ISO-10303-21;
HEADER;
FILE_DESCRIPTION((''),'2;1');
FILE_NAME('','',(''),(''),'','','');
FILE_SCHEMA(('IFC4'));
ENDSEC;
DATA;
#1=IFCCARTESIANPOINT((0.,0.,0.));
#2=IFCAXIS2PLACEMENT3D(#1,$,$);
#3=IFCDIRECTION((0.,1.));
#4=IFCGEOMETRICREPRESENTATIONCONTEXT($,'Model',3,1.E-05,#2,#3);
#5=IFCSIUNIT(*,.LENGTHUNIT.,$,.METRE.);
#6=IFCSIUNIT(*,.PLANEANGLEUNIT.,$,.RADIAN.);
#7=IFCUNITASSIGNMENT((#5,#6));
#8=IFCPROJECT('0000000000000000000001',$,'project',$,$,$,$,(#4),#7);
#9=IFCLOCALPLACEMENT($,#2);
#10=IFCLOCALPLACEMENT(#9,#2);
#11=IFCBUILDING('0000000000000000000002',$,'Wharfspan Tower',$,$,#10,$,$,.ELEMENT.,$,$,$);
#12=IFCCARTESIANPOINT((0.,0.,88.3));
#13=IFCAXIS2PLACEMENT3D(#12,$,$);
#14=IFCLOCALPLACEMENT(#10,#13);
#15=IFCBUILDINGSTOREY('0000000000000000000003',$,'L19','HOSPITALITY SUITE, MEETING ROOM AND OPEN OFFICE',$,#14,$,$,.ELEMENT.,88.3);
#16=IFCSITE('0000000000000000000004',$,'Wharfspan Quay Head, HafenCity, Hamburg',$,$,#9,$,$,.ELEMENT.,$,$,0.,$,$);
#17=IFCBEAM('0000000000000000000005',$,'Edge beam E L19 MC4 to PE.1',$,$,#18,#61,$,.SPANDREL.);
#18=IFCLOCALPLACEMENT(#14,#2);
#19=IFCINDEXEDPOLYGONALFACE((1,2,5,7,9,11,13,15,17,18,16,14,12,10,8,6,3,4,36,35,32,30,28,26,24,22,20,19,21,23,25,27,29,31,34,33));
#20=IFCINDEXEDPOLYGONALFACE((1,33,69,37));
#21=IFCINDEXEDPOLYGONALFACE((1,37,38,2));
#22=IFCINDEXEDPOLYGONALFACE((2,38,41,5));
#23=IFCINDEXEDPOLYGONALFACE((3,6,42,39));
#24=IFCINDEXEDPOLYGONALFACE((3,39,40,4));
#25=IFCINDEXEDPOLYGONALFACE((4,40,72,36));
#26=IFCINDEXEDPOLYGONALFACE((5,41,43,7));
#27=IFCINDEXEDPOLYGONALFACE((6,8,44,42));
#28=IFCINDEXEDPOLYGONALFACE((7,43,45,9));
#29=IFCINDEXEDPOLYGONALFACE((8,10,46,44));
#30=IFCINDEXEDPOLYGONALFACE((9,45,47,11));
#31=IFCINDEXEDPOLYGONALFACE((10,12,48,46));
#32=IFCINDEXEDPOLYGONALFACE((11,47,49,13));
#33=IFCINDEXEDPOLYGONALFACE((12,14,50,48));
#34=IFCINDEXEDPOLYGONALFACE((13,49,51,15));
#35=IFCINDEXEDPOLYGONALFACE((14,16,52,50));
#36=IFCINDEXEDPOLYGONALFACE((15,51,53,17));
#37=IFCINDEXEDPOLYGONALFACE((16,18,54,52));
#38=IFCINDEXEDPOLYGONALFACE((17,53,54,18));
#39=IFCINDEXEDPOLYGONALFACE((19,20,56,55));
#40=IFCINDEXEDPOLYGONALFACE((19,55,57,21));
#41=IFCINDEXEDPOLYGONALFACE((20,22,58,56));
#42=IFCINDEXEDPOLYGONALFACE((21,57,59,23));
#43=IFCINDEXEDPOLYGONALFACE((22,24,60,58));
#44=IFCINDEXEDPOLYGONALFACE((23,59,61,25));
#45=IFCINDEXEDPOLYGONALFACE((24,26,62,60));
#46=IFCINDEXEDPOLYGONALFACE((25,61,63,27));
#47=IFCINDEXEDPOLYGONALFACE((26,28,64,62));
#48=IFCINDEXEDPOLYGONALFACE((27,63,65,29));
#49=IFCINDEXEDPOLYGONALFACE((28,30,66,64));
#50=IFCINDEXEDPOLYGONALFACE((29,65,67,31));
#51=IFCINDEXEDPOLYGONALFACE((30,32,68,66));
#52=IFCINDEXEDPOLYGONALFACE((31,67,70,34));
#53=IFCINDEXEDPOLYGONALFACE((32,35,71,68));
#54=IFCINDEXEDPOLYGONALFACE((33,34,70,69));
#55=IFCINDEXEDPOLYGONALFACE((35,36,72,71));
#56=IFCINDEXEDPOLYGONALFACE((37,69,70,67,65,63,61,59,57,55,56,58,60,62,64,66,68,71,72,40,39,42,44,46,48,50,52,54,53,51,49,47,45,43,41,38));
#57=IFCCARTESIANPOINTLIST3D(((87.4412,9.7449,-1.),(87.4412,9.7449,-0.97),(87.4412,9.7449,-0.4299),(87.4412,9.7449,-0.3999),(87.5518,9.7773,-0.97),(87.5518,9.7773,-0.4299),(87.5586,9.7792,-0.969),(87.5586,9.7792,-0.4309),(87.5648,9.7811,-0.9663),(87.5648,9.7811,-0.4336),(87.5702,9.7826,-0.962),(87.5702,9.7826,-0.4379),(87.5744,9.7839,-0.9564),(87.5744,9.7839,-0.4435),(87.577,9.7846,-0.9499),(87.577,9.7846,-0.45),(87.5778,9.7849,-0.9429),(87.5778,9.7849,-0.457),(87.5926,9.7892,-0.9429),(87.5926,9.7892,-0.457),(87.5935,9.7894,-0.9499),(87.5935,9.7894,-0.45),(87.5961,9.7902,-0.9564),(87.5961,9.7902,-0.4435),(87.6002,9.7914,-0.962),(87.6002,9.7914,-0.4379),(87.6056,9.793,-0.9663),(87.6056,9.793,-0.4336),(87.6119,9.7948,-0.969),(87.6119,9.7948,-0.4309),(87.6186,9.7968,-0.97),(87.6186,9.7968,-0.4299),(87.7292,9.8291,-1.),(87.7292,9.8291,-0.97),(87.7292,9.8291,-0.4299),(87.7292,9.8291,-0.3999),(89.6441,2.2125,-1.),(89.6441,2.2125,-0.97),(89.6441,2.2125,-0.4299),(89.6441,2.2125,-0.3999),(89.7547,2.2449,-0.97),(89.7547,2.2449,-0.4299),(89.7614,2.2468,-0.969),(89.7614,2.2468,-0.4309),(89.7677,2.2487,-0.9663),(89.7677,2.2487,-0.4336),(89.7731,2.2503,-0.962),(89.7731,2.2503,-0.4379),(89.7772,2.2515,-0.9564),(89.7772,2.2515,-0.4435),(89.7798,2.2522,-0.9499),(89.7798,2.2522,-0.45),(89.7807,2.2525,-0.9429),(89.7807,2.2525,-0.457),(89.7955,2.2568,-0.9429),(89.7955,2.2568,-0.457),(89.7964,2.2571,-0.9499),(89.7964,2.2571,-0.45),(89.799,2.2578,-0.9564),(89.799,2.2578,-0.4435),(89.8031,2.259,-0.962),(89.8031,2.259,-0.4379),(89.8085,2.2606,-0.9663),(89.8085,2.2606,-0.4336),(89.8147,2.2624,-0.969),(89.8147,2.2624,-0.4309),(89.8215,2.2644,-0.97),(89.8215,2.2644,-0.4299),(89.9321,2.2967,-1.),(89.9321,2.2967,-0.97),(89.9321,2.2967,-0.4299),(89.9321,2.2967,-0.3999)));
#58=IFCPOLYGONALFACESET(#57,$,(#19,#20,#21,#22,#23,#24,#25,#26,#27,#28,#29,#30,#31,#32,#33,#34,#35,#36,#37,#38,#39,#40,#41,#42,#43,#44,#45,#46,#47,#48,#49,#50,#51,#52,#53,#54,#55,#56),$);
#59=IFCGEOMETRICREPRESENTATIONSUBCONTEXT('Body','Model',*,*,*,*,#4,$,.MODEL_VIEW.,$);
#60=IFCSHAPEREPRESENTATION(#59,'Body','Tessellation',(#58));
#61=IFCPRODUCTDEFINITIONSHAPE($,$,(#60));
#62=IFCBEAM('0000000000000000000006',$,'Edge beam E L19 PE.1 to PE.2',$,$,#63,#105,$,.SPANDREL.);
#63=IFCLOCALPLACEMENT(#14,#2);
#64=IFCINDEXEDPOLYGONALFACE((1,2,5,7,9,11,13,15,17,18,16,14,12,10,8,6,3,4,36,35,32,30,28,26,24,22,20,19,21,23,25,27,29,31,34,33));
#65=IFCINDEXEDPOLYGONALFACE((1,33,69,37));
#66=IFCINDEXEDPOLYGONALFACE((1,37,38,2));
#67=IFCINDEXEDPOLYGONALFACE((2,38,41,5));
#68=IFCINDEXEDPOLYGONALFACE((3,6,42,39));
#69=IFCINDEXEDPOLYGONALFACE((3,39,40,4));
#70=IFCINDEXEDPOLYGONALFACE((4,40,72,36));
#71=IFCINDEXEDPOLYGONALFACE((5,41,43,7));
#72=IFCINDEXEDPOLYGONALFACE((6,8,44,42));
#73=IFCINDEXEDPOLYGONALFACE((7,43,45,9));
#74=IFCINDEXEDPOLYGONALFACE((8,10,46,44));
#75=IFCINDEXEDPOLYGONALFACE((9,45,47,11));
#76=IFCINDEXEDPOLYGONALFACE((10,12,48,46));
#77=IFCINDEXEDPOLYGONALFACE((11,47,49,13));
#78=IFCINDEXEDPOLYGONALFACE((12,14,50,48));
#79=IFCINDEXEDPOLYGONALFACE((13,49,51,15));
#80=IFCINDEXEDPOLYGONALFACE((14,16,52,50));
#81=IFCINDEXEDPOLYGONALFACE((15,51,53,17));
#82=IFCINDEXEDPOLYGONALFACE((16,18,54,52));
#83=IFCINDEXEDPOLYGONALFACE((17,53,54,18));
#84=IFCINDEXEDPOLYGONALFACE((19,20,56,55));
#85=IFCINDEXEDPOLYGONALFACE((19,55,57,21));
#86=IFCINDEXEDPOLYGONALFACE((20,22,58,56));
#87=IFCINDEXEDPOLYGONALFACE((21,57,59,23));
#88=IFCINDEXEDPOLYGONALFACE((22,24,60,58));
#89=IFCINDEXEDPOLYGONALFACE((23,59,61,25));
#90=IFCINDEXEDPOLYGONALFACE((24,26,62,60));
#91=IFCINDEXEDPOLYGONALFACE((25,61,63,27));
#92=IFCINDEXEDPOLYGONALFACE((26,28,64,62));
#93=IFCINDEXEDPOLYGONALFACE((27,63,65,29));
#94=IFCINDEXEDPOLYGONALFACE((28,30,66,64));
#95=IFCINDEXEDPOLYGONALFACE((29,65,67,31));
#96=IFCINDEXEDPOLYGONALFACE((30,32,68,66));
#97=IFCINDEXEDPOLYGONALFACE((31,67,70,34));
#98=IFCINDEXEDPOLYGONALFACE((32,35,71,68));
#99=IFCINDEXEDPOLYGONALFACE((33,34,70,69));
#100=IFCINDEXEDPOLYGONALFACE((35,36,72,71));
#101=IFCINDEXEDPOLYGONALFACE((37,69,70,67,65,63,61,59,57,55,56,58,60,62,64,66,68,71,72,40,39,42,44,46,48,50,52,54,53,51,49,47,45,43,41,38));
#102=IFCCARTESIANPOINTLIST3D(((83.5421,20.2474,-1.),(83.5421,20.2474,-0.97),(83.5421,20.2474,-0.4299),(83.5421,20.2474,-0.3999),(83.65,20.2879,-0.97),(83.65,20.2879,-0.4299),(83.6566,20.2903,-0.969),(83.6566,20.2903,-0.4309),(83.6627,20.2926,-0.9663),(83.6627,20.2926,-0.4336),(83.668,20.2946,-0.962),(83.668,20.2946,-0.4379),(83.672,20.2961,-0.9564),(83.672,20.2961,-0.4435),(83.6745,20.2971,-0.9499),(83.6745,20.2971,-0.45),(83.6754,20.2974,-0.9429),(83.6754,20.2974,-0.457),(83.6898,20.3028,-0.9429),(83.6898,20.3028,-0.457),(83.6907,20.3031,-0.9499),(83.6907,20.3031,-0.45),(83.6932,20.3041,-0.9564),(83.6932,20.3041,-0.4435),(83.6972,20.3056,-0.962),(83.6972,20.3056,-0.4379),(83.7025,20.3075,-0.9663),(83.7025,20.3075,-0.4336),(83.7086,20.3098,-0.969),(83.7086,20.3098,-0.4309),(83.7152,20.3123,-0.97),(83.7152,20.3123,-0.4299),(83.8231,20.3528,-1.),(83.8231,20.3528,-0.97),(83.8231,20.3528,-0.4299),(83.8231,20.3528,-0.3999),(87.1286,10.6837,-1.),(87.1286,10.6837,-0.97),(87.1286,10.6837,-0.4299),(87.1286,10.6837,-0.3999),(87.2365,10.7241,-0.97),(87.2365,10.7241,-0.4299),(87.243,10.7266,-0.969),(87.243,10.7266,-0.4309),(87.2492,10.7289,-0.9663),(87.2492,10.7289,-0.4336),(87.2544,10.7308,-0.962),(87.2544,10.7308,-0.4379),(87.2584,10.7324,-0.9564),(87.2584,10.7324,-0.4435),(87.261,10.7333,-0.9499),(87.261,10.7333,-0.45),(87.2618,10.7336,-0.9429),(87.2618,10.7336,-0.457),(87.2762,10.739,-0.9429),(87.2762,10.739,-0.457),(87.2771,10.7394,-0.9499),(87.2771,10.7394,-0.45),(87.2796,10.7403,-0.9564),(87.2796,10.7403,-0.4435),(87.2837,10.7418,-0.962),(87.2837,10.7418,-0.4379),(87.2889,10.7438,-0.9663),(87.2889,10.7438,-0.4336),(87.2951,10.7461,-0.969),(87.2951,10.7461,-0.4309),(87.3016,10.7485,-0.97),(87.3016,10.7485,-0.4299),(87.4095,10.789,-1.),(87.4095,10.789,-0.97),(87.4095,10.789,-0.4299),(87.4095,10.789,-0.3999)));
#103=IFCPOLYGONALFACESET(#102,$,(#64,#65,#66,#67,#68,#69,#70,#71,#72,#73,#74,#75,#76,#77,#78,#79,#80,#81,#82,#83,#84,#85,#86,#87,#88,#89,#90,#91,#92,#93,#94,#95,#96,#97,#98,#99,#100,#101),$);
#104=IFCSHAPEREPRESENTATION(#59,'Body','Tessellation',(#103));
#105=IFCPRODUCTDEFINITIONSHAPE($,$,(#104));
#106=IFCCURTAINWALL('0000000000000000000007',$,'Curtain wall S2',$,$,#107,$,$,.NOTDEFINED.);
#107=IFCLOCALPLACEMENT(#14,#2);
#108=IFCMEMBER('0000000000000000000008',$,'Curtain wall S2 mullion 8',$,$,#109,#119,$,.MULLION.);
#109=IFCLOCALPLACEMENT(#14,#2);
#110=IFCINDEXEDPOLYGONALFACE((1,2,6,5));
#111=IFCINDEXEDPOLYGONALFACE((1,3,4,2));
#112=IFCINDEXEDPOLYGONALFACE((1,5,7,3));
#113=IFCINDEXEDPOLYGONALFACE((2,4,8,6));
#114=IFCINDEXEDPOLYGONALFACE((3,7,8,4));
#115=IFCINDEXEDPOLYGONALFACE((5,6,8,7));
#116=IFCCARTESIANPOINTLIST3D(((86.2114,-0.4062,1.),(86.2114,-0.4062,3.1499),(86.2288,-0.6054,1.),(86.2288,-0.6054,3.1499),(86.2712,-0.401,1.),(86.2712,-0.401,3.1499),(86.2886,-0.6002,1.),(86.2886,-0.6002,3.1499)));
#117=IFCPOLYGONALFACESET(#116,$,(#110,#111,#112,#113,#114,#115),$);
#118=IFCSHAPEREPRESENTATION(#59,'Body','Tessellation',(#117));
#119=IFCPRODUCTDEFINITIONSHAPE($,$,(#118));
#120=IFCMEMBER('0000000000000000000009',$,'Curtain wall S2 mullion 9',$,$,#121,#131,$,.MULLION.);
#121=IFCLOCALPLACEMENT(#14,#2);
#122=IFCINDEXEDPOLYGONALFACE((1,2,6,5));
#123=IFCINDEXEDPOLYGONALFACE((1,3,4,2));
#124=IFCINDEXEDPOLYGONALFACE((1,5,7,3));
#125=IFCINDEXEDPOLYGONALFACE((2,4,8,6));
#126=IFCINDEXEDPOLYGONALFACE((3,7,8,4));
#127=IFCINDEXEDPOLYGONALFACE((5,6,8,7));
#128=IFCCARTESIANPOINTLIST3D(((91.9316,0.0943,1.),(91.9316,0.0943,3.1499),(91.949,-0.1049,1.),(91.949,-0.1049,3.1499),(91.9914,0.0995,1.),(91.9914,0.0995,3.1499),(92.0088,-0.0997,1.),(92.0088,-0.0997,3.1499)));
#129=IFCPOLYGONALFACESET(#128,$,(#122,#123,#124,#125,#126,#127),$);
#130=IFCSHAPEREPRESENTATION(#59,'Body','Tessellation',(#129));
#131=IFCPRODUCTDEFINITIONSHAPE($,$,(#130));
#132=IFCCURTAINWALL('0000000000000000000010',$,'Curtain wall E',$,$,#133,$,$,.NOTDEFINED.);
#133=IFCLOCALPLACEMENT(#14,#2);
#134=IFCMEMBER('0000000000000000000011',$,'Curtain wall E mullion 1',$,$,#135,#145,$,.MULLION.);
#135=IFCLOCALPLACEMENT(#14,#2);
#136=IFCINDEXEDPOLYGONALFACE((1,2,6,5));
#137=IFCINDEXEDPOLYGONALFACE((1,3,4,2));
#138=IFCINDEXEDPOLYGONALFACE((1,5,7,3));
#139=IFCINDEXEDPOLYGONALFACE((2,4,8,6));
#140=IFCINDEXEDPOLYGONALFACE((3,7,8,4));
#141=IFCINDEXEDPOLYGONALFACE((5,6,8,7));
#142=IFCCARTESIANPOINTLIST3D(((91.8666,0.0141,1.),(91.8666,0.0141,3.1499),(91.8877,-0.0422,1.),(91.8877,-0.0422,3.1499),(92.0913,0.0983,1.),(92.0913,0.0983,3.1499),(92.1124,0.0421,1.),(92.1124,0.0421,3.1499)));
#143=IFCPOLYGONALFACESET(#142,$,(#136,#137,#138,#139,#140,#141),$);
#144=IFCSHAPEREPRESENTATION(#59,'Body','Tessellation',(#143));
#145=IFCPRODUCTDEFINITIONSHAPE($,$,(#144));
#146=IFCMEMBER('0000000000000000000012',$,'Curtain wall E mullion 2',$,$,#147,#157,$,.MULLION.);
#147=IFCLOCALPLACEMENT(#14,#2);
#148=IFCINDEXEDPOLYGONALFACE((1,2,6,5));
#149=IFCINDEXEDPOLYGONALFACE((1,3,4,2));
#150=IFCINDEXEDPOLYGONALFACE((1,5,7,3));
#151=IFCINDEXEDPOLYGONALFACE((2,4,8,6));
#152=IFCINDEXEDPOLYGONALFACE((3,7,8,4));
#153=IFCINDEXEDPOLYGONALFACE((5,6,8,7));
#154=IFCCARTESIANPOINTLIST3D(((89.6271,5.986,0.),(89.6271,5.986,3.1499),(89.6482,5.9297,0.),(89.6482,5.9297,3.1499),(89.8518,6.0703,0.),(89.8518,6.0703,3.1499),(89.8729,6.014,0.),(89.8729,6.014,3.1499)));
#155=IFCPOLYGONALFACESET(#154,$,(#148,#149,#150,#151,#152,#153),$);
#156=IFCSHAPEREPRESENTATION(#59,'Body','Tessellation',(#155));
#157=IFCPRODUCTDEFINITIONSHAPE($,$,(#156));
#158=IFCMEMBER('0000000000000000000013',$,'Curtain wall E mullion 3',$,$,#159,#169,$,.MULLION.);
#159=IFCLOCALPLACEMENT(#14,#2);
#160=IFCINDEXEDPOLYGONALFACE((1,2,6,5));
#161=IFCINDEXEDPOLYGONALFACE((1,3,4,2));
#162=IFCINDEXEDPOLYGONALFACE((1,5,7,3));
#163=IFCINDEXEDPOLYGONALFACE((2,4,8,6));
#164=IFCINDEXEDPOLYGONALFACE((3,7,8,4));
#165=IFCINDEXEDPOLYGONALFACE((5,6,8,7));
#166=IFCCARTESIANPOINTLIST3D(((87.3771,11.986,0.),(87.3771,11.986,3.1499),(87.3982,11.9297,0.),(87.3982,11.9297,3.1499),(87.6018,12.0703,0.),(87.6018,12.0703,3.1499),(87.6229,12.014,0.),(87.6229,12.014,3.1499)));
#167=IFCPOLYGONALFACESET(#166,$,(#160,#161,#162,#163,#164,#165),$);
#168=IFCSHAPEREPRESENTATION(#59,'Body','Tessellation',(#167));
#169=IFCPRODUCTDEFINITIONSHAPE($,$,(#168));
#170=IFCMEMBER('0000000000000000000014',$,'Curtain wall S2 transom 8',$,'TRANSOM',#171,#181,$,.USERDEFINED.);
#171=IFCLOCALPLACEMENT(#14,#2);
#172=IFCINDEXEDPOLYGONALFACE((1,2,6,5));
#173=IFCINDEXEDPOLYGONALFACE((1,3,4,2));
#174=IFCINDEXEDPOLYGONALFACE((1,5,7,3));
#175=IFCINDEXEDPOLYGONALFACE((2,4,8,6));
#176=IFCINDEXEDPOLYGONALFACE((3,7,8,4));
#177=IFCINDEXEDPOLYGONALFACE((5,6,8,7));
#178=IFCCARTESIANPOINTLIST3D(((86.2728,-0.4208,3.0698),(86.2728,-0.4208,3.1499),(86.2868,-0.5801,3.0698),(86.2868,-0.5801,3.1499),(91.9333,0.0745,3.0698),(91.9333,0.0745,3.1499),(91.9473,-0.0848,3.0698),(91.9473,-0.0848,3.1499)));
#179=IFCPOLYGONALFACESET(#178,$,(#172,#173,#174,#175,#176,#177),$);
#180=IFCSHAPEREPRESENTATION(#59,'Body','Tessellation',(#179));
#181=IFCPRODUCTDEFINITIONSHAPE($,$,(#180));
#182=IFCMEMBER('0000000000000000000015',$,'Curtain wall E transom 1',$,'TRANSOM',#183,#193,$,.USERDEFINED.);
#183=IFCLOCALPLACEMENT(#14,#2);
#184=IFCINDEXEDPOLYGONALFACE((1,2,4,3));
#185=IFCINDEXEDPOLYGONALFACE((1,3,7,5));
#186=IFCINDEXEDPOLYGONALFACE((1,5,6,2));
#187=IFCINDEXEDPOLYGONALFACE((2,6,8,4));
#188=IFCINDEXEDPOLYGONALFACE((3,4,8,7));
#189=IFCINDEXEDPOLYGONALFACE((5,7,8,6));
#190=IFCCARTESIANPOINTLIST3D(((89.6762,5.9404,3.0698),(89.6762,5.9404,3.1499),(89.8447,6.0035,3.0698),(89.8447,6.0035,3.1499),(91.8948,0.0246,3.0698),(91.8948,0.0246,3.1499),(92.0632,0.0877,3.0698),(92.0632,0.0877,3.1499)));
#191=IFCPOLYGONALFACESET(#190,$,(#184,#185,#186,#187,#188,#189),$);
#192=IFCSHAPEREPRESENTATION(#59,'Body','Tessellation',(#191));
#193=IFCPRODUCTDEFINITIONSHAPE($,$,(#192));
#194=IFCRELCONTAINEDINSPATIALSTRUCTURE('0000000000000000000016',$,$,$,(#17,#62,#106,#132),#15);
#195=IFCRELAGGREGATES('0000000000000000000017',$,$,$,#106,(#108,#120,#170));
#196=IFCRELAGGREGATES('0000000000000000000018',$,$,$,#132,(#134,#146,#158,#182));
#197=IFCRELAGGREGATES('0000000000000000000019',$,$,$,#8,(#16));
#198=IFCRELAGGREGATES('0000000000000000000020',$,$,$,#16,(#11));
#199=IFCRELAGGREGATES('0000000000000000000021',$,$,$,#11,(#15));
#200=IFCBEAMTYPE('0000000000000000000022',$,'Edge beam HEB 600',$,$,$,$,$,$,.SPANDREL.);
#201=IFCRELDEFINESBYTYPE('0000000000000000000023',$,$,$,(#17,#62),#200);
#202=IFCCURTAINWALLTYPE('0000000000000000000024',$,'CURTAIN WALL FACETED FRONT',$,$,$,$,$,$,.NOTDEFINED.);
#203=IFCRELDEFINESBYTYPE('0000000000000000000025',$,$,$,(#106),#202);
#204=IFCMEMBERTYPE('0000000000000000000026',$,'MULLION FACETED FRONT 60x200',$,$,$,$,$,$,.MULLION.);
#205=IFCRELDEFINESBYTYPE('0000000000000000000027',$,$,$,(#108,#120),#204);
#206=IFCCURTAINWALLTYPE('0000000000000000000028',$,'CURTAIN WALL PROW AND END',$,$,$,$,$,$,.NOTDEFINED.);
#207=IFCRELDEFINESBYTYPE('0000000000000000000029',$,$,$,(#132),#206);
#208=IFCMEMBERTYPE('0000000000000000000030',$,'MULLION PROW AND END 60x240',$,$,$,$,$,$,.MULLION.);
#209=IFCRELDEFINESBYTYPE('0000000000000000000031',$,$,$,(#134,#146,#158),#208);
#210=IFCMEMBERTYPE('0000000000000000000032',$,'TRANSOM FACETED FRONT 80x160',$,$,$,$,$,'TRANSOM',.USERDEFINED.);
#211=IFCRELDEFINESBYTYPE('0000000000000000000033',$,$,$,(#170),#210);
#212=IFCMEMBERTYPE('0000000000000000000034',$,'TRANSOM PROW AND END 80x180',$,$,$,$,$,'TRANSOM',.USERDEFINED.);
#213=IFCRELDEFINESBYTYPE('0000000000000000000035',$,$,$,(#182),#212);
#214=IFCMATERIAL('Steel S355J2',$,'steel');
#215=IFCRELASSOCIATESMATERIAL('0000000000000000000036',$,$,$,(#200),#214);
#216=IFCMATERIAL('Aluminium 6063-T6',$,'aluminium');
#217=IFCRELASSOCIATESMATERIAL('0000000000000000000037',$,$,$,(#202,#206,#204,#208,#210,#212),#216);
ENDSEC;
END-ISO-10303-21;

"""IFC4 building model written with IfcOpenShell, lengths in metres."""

from ifc_helpers import new_model, si_unit, direction, frame, origin, origin_2d, place, context, subcontext, project, spatial, rectangle, i_section, extrude, material, material_profile, profile_set, type_object, element, aggregate, save


model = new_model("IFC4")

# Units and contexts
model_context = context("Model", 3, precision=1e-05, world=origin(), true_north=direction((0.0, 1.0)))
body_context = subcontext(model_context, "Body", "Model", "MODEL_VIEW")
ifc_project = project(units=[si_unit("LENGTHUNIT", "METRE"), si_unit("PLANEANGLEUNIT", "RADIAN")], contexts=[model_context])

# Site, building, storey
site_placement = place(None, origin())
site = spatial("IfcSite", under=ifc_project, at=site_placement, Name="Wharfspan Quay Head, HafenCity, Hamburg", CompositionType="ELEMENT", RefElevation=0.0)
building_placement = place(site_placement, origin())
building = spatial("IfcBuilding", under=site, at=building_placement, Name="Wharfspan Tower", CompositionType="ELEMENT")
storey_placement = place(building_placement, frame((0.0, 0.0, 88.3)))
storey = spatial("IfcBuildingStorey", under=building, at=storey_placement, Name="L19", Description="HOSPITALITY SUITE, MEETING ROOM AND OPEN OFFICE", CompositionType="ELEMENT", Elevation=88.3)

# Shared definitions
ifc_material_1 = material(Name="Steel S355J2", Category="steel")

# Beams
ifc_material_profile_1 = material_profile(ifc_material_1, i_section(OverallWidth=0.3, OverallDepth=0.6001, WebThickness=0.0154, FlangeThickness=0.03, FilletRadius=0.0271, at=origin_2d()))
ifc_profile_set_1 = profile_set([ifc_material_profile_1], Name="Steel S355J2")
beam_type = type_object("IfcBeamType", Name="Edge beam HEB 600", PredefinedType="SPANDREL", material=ifc_profile_set_1)
beam_1_placement = place(storey_placement, frame((89.7881, 2.2546, -0.7), z_axis=(-0.280694, 0.959797, 0.0), x_axis=(-0.959797, -0.280694, 0.0)))
element("IfcBeam", 1, at=beam_1_placement, inside=storey, type_object=beam_type, Name="Edge beam E L19 MC4 to PE.1", PredefinedType="SPANDREL", context=body_context, shape_type="SweptSolid", body=[
    extrude(i_section(OverallWidth=0.3, OverallDepth=0.6001, WebThickness=0.0154, FlangeThickness=0.03, FilletRadius=0.0271, at=origin_2d()), origin(), (0.0, 0.0, 1.0), 7.8479),
])
beam_2_placement = place(storey_placement, frame((87.269, 10.7363, -0.7), z_axis=(-0.351126, 0.936328, 0.0), x_axis=(-0.936328, -0.351126, 0.0)))
element("IfcBeam", 2, at=beam_2_placement, inside=storey, type_object=beam_type, Name="Edge beam E L19 PE.1 to PE.2", PredefinedType="SPANDREL", context=body_context, shape_type="SweptSolid", body=[
    extrude(i_section(OverallWidth=0.3, OverallDepth=0.6001, WebThickness=0.0154, FlangeThickness=0.03, FilletRadius=0.0271, at=origin_2d()), origin(), (0.0, 0.0, 1.0), 10.2141),
])

# Curtain walls, members
ifc_material_2 = material(Name="Aluminium 6063-T6", Category="aluminium")
curtain_wall_type_1 = type_object("IfcCurtainWallType", Name="CURTAIN WALL FACETED FRONT", PredefinedType="NOTDEFINED", material=ifc_material_2)
curtain_wall_1_placement = place(storey_placement, origin())
curtain_wall_1 = element("IfcCurtainWall", 3, at=curtain_wall_1_placement, inside=storey, type_object=curtain_wall_type_1, Name="Curtain wall S2", PredefinedType="NOTDEFINED")
ifc_material_profile_2 = material_profile(ifc_material_2, rectangle(XDim=0.2, YDim=0.0601, at=origin_2d()))
ifc_profile_set_2 = profile_set([ifc_material_profile_2], Name="Aluminium 6063-T6")
member_type_1 = type_object("IfcMemberType", Name="MULLION FACETED FRONT 60x200", PredefinedType="MULLION", material=ifc_profile_set_2)
member_1_placement = place(storey_placement, frame((86.25, -0.5032, 1.0), z_axis=(0.0, 0.0, 1.0), x_axis=(-0.087156, 0.996197, 0.0)))
member_1 = element("IfcMember", 4, at=member_1_placement, type_object=member_type_1, Name="Curtain wall S2 mullion 8", PredefinedType="MULLION", context=body_context, shape_type="SweptSolid", body=[
    extrude(rectangle(XDim=0.2, YDim=0.0601, at=origin_2d()), origin(), (0.0, 0.0, 1.0), 2.1499),
])
member_2_placement = place(storey_placement, frame((91.9702, -0.0027, 1.0), z_axis=(0.0, 0.0, 1.0), x_axis=(-0.087156, 0.996197, 0.0)))
member_2 = element("IfcMember", 5, at=member_2_placement, type_object=member_type_1, Name="Curtain wall S2 mullion 9", PredefinedType="MULLION", context=body_context, shape_type="SweptSolid", body=[
    extrude(rectangle(XDim=0.2, YDim=0.0601, at=origin_2d()), origin(), (0.0, 0.0, 1.0), 2.1499),
])
curtain_wall_type_2 = type_object("IfcCurtainWallType", Name="CURTAIN WALL PROW AND END", PredefinedType="NOTDEFINED", material=ifc_material_2)
curtain_wall_2_placement = place(storey_placement, origin())
curtain_wall_2 = element("IfcCurtainWall", 6, at=curtain_wall_2_placement, inside=storey, type_object=curtain_wall_type_2, Name="Curtain wall E", PredefinedType="NOTDEFINED")
ifc_material_profile_3 = material_profile(ifc_material_2, rectangle(XDim=0.24, YDim=0.0601, at=origin_2d()))
ifc_profile_set_3 = profile_set([ifc_material_profile_3], Name="Aluminium 6063-T6")
member_type_2 = type_object("IfcMemberType", Name="MULLION PROW AND END 60x240", PredefinedType="MULLION", material=ifc_profile_set_3)
member_3_placement = place(storey_placement, frame((91.9895, 0.0281, 1.0), z_axis=(0.0, 0.0, 1.0), x_axis=(-0.936328, -0.351123, 0.0)))
member_3 = element("IfcMember", 7, at=member_3_placement, type_object=member_type_2, Name="Curtain wall E mullion 1", PredefinedType="MULLION", context=body_context, shape_type="SweptSolid", body=[
    extrude(rectangle(XDim=0.24, YDim=0.0601, at=origin_2d()), origin(), (0.0, 0.0, 1.0), 2.1499),
])
member_4_placement = place(storey_placement, frame((89.75, 6.0, 0.0), z_axis=(0.0, 0.0, 1.0), x_axis=(-0.936328, -0.351123, 0.0)))
member_4 = element("IfcMember", 8, at=member_4_placement, type_object=member_type_2, Name="Curtain wall E mullion 2", PredefinedType="MULLION", context=body_context, shape_type="SweptSolid", body=[
    extrude(rectangle(XDim=0.24, YDim=0.0601, at=origin_2d()), origin(), (0.0, 0.0, 1.0), 3.1499),
])
member_5_placement = place(storey_placement, frame((87.5, 12.0, 0.0), z_axis=(0.0, 0.0, 1.0), x_axis=(-0.936328, -0.351123, 0.0)))
member_5 = element("IfcMember", 9, at=member_5_placement, type_object=member_type_2, Name="Curtain wall E mullion 3", PredefinedType="MULLION", context=body_context, shape_type="SweptSolid", body=[
    extrude(rectangle(XDim=0.24, YDim=0.0601, at=origin_2d()), origin(), (0.0, 0.0, 1.0), 3.1499),
])

# Members
ifc_material_profile_4 = material_profile(ifc_material_2, rectangle(XDim=0.1599, YDim=0.0801, at=origin_2d()))
ifc_profile_set_4 = profile_set([ifc_material_profile_4], Name="Aluminium 6063-T6")
member_type_3 = type_object("IfcMemberType", Name="TRANSOM FACETED FRONT 80x160", ElementType="TRANSOM", PredefinedType="USERDEFINED", material=ifc_profile_set_4)
member_6_placement = place(storey_placement, frame((86.2798, -0.5005, 3.1099), z_axis=(0.996193, 0.08718, 0.0), x_axis=(-0.08718, 0.996193, 0.0)))
member_6 = element("IfcMember", 10, at=member_6_placement, type_object=member_type_3, Name="Curtain wall S2 transom 8", ObjectType="TRANSOM", PredefinedType="USERDEFINED", context=body_context, shape_type="SweptSolid", body=[
    extrude(rectangle(XDim=0.1599, YDim=0.0801, at=origin_2d()), origin(), (0.0, 0.0, 1.0), 5.6821),
])
ifc_material_profile_5 = material_profile(ifc_material_2, rectangle(XDim=0.1799, YDim=0.0801, at=origin_2d()))
ifc_profile_set_5 = profile_set([ifc_material_profile_5], Name="Aluminium 6063-T6")
member_type_4 = type_object("IfcMemberType", Name="TRANSOM PROW AND END 80x180", ElementType="TRANSOM", PredefinedType="USERDEFINED", material=ifc_profile_set_5)
member_7_placement = place(storey_placement, frame((91.979, 0.0562, 3.1099), z_axis=(-0.351136, 0.936324, 0.0), x_axis=(-0.936324, -0.351136, 0.0)))
member_7 = element("IfcMember", 11, at=member_7_placement, type_object=member_type_4, Name="Curtain wall E transom 1", ObjectType="TRANSOM", PredefinedType="USERDEFINED", context=body_context, shape_type="SweptSolid", body=[
    extrude(rectangle(XDim=0.1799, YDim=0.0801, at=origin_2d()), origin(), (0.0, 0.0, 1.0), 6.3181),
])

aggregate(curtain_wall_1, [member_1, member_2, member_6])
aggregate(curtain_wall_2, [member_3, member_4, member_5, member_7])

save(model, "model.ifc")
